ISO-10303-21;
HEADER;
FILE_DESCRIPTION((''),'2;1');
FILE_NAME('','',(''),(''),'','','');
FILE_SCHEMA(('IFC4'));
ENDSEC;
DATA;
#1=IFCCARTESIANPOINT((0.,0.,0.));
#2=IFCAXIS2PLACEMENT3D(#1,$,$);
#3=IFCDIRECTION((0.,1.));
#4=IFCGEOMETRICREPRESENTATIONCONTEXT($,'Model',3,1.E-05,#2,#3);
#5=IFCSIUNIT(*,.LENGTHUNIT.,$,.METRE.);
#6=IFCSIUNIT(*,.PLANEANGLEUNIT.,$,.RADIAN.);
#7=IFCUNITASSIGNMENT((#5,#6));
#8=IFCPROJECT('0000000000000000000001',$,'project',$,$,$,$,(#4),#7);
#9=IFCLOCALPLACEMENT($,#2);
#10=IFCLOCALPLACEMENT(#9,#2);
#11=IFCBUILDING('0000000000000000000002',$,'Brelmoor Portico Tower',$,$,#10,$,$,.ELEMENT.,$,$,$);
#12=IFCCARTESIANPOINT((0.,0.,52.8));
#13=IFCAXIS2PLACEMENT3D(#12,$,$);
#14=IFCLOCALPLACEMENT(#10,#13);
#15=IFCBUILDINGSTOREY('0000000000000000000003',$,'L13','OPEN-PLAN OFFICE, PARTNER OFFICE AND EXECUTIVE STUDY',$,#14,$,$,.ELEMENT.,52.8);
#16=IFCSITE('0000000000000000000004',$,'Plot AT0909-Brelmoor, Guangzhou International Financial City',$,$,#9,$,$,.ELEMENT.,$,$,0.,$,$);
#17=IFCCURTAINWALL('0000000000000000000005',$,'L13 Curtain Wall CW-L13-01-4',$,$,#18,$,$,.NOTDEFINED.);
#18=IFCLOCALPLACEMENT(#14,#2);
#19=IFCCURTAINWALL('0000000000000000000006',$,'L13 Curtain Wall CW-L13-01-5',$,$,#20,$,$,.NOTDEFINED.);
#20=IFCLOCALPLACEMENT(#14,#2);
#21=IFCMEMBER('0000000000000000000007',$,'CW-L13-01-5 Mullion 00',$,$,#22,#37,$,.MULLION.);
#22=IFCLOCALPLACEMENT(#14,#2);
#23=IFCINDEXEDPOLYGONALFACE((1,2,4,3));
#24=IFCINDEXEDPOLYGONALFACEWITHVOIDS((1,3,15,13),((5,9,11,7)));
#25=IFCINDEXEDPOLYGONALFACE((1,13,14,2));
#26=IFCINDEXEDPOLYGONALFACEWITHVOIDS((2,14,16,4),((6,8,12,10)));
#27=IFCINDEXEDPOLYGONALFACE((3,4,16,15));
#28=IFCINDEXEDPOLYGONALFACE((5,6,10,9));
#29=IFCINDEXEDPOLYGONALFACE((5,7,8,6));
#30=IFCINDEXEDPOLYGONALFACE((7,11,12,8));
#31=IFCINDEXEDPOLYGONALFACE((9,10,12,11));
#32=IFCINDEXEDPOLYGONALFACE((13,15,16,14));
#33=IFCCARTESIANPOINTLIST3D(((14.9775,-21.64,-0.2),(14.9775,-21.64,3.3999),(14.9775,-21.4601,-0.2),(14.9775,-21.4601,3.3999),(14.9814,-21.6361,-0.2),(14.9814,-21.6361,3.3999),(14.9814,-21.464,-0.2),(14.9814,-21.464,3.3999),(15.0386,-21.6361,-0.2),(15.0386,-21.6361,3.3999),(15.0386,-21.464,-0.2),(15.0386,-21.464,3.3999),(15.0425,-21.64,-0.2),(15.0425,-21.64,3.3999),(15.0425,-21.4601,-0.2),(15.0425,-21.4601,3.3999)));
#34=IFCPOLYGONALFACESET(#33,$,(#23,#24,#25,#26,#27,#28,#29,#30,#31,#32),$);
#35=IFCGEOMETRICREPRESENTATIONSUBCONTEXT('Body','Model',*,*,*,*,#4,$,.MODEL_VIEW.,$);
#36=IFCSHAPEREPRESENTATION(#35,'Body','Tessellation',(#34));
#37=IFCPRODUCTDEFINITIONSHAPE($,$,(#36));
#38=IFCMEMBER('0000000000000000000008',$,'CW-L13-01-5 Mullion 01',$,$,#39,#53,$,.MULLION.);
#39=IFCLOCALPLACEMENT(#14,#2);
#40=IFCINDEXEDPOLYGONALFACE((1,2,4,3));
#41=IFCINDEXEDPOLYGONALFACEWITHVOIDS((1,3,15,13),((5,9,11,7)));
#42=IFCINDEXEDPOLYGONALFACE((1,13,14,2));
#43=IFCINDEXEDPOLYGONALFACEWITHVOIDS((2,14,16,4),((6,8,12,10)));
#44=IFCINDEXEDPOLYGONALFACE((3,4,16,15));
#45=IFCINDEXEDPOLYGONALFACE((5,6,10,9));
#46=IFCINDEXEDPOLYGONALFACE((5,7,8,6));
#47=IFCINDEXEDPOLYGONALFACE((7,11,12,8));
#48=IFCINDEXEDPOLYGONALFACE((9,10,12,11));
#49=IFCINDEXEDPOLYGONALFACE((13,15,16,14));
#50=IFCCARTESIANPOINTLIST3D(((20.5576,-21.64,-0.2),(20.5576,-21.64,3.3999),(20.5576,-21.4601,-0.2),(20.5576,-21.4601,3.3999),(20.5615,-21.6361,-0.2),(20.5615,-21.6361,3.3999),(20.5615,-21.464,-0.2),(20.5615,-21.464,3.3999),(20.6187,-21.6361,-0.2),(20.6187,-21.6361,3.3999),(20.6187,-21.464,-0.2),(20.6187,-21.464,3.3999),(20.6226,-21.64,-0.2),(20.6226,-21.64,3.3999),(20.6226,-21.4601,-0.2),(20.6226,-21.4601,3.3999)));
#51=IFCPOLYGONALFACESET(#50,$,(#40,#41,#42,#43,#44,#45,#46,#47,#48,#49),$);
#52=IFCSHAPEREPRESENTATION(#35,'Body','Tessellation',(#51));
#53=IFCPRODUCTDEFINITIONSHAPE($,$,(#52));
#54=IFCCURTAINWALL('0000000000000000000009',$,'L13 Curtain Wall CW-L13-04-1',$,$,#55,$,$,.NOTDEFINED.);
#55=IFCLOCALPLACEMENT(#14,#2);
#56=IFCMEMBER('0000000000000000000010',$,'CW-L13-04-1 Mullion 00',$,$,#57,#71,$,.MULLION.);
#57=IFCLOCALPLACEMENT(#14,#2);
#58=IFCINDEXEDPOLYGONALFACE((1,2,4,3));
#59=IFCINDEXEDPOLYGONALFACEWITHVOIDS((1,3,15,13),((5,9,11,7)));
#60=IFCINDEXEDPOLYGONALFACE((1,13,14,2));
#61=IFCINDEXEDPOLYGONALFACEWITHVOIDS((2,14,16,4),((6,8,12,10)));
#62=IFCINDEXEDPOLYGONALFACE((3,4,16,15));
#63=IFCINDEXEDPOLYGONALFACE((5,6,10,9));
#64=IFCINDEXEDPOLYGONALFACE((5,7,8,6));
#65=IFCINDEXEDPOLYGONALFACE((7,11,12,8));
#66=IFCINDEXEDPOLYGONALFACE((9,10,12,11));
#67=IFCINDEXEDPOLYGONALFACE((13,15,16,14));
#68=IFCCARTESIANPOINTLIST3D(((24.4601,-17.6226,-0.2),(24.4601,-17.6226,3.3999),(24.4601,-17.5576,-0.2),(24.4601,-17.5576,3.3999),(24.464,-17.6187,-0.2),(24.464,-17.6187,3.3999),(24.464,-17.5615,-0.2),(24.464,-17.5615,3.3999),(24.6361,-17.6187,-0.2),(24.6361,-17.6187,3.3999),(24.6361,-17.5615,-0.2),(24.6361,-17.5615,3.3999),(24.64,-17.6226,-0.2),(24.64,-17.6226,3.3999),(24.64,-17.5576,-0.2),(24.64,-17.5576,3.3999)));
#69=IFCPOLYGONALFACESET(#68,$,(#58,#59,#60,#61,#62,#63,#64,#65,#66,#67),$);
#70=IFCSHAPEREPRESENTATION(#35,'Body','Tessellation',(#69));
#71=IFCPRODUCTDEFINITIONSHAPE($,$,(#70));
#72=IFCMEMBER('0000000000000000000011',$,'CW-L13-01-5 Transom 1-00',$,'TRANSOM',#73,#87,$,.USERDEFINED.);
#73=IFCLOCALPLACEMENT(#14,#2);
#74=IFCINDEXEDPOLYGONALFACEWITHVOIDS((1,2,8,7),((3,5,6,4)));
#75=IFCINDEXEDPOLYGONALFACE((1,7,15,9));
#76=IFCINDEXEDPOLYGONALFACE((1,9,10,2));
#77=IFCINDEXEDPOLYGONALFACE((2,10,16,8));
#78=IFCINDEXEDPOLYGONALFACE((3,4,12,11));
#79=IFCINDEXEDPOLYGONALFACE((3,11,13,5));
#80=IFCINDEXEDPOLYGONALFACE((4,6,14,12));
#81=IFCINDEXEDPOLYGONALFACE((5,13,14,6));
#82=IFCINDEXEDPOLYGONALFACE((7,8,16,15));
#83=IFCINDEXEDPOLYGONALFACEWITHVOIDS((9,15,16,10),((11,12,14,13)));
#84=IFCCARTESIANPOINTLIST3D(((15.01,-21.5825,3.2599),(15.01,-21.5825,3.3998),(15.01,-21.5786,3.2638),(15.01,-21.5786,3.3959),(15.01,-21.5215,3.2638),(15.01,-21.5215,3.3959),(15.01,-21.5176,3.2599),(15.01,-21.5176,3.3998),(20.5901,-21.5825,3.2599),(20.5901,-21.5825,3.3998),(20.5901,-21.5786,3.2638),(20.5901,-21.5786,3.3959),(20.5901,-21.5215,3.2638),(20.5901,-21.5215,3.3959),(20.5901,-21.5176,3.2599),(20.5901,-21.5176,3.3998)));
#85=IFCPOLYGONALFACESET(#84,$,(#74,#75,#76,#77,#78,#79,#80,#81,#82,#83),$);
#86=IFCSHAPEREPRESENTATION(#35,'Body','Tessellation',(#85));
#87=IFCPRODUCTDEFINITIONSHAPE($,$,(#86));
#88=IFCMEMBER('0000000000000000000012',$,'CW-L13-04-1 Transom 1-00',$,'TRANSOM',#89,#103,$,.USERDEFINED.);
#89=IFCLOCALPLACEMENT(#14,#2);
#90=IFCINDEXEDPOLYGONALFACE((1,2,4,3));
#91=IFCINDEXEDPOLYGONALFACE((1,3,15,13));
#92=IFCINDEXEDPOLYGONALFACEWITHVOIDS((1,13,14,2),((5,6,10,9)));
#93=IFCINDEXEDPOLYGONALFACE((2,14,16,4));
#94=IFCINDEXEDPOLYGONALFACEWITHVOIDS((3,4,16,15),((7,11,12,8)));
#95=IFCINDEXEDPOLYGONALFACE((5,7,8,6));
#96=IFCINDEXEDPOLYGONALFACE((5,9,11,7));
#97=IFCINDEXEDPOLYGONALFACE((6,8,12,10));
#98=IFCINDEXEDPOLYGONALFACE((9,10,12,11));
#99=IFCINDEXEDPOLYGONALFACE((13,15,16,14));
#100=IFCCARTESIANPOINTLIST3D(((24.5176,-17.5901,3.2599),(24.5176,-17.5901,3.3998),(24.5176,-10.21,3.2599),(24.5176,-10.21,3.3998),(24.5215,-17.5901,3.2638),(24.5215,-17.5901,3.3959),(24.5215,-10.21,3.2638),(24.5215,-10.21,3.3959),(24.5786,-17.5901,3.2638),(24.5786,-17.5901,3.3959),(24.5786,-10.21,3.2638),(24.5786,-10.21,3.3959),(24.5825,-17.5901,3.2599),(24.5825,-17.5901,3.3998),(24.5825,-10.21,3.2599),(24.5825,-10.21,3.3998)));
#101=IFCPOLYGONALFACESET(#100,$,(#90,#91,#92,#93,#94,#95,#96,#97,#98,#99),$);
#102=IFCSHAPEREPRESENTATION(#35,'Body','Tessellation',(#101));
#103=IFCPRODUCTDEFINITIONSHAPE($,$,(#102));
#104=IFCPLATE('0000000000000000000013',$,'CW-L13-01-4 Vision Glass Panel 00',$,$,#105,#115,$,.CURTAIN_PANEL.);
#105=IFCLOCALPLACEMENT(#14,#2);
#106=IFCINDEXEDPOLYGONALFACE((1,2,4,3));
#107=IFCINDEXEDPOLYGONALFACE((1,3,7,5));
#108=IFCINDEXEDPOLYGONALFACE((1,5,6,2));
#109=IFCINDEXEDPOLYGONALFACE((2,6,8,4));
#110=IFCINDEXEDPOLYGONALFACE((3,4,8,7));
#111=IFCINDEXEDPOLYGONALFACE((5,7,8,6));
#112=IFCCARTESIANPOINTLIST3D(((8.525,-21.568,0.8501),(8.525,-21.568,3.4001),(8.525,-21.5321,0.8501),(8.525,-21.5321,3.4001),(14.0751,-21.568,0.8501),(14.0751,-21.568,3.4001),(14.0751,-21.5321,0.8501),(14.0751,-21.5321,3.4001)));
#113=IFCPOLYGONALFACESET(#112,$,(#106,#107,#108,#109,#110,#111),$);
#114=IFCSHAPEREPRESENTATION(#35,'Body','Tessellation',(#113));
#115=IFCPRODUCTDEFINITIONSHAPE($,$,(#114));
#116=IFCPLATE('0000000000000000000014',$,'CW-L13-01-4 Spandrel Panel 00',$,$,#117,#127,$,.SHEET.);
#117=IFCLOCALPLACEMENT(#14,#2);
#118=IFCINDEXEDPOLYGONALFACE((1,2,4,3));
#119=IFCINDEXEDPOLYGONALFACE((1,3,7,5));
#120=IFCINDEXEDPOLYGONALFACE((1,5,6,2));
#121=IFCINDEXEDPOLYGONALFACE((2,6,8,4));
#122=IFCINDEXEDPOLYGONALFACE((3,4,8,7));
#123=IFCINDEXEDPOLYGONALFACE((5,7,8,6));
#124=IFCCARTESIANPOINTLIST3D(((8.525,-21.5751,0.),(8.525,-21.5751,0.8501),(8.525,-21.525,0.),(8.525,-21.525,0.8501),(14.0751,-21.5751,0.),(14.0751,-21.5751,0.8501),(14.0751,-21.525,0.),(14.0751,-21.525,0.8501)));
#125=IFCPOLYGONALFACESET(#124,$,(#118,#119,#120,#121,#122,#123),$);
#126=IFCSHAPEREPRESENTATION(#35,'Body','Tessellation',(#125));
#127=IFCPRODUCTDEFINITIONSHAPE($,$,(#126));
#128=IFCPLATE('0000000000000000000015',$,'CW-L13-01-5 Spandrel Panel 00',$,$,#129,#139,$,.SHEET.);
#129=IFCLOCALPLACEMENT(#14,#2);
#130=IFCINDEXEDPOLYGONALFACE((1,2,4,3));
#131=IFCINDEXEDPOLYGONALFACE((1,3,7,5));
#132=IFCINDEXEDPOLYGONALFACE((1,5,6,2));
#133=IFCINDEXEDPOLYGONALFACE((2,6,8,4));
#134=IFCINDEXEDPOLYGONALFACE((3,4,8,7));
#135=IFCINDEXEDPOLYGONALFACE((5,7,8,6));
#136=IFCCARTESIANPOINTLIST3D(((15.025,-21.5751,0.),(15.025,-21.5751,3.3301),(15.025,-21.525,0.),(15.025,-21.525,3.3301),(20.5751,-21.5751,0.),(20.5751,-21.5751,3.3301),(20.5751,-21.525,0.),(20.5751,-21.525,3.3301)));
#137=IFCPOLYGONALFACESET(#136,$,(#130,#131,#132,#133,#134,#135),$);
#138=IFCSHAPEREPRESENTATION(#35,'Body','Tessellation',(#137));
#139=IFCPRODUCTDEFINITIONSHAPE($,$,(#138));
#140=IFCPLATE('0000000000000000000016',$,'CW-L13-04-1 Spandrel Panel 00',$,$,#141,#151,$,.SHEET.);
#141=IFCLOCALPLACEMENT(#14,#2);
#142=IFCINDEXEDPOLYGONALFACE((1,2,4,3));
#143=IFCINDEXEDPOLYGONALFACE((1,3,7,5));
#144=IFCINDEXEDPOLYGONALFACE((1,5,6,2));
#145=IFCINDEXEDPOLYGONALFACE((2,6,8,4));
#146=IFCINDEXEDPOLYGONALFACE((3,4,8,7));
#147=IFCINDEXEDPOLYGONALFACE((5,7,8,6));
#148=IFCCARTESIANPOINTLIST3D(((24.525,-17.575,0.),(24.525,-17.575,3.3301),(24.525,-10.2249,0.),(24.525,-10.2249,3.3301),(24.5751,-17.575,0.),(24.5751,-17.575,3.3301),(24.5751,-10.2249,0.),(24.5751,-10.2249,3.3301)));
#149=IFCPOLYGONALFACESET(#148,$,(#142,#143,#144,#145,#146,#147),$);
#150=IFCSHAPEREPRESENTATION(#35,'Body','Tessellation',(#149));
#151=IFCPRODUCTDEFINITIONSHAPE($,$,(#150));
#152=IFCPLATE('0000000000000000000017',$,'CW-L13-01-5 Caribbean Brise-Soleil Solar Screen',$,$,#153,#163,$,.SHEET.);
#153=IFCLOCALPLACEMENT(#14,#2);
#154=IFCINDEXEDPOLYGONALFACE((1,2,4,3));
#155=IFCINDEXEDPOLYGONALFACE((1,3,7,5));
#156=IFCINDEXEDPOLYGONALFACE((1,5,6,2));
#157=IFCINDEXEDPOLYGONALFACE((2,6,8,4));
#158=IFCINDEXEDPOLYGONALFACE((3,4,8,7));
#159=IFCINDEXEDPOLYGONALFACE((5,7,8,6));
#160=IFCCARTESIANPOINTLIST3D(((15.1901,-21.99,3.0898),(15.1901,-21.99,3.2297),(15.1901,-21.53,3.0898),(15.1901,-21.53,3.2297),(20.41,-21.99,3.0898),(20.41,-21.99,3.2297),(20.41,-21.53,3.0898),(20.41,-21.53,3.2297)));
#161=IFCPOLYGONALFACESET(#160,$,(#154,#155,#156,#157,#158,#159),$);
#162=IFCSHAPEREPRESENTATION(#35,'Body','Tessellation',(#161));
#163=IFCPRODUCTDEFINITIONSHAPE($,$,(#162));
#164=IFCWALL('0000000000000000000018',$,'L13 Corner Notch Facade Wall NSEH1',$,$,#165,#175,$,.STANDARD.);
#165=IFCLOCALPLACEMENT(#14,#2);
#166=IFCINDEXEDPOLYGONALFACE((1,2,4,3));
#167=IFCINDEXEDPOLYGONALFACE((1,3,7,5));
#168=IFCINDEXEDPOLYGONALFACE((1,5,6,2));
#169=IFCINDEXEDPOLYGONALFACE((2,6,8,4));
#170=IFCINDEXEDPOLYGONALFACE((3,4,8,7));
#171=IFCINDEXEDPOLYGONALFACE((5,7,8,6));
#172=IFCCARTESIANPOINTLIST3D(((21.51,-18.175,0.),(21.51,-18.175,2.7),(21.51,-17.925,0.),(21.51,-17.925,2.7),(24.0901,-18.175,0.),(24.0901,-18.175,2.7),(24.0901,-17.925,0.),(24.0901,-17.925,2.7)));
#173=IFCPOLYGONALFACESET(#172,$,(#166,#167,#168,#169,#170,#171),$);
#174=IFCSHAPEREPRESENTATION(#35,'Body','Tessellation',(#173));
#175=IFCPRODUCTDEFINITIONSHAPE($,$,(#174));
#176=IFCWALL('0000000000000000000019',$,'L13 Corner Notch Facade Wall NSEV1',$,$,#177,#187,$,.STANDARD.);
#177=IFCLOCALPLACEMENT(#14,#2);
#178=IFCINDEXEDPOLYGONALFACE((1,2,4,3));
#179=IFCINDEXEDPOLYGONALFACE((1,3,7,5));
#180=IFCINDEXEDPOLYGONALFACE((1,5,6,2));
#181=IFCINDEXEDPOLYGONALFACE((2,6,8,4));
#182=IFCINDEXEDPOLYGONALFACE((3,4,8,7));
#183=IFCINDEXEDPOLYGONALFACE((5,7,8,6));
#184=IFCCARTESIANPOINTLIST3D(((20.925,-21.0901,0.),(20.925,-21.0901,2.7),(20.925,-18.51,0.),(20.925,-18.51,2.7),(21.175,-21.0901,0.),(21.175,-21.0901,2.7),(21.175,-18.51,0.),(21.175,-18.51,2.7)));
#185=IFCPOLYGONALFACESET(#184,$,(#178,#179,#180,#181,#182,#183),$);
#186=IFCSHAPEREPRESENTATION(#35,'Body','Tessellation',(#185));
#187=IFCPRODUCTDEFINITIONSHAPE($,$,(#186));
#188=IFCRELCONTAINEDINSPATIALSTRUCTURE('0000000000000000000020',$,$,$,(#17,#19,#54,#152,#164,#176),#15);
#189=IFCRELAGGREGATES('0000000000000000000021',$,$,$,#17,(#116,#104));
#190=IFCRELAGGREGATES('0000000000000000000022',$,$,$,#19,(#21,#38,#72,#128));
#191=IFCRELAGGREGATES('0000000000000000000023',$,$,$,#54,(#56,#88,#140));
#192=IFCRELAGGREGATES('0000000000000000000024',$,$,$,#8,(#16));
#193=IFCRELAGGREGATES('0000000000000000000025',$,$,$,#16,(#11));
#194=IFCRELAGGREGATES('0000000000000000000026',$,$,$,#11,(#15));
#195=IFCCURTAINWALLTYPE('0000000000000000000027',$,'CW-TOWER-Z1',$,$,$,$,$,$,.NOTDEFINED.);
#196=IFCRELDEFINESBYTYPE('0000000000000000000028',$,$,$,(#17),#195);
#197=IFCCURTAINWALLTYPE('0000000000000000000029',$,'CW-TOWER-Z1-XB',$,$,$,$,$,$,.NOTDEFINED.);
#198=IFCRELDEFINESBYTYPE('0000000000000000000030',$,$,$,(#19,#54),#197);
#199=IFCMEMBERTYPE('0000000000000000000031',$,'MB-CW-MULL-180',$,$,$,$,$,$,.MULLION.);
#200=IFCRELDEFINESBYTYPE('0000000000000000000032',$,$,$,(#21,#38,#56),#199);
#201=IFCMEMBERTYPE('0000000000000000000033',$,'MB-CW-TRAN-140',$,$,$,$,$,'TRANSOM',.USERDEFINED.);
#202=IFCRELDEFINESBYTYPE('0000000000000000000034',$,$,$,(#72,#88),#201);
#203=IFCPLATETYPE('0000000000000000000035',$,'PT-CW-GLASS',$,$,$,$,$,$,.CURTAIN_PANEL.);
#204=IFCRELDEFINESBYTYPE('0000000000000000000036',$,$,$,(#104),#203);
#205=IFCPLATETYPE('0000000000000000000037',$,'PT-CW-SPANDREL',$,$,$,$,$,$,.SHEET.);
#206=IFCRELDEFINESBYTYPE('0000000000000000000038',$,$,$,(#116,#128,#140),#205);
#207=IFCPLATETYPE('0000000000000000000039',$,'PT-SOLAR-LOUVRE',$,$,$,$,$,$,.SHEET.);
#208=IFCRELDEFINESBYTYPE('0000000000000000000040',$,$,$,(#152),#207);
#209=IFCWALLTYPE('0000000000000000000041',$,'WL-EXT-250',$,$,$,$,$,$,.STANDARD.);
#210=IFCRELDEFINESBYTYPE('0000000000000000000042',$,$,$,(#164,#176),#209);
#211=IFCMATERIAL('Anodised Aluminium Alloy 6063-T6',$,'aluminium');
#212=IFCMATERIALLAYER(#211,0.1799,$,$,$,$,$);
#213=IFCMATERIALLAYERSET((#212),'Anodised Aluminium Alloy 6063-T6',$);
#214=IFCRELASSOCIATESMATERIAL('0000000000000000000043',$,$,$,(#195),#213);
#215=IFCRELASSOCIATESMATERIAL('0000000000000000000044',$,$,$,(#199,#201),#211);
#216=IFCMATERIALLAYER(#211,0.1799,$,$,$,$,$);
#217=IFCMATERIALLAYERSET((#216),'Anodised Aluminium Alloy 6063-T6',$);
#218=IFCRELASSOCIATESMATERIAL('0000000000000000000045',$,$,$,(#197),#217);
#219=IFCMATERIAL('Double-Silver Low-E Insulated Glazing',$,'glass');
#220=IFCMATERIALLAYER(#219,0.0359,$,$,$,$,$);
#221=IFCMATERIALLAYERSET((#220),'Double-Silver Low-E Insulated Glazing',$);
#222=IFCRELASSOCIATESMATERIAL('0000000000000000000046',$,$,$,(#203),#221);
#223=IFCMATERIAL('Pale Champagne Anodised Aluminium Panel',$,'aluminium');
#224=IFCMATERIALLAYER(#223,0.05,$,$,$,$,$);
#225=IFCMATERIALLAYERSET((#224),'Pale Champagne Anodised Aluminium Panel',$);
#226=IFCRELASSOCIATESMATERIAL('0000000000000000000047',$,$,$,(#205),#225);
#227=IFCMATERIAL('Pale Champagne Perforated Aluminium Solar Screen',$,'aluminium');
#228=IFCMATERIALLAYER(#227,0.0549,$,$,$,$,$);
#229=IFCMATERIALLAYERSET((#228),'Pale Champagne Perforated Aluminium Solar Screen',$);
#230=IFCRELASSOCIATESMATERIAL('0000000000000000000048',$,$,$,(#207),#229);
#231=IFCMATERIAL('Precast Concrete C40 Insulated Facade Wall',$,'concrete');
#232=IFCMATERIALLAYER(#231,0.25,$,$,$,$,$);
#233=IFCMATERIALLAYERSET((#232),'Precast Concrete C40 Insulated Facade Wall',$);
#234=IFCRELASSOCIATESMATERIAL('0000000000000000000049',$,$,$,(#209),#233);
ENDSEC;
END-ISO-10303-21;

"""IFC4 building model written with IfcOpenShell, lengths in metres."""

from ifc_helpers import new_model, si_unit, direction, frame, frame_2d, origin, origin_2d, place, context, subcontext, project, spatial, rectangle, hollow_rectangle, extrude, material, layer, layer_set, material_profile, profile_set, type_object, element, aggregate, save


model = new_model("IFC4")

# Units and contexts
model_context = context("Model", 3, precision=1e-05, world=origin(), true_north=direction((0.0, 1.0)))
body_context = subcontext(model_context, "Body", "Model", "MODEL_VIEW")
ifc_project = project(units=[si_unit("LENGTHUNIT", "METRE"), si_unit("PLANEANGLEUNIT", "RADIAN")], contexts=[model_context])

# Site, building, storey
site_placement = place(None, origin())
site = spatial("IfcSite", under=ifc_project, at=site_placement, Name="Plot AT0909-Brelmoor, Guangzhou International Financial City", CompositionType="ELEMENT", RefElevation=0.0)
building_placement = place(site_placement, origin())
building = spatial("IfcBuilding", under=site, at=building_placement, Name="Brelmoor Portico Tower", CompositionType="ELEMENT")
storey_placement = place(building_placement, frame((0.0, 0.0, 52.8)))
storey = spatial("IfcBuildingStorey", under=building, at=storey_placement, Name="L13", Description="OPEN-PLAN OFFICE, PARTNER OFFICE AND EXECUTIVE STUDY", CompositionType="ELEMENT", Elevation=52.8)

# Curtain wall
ifc_material_1 = material(Name="Anodised Aluminium Alloy 6063-T6", Category="aluminium")
ifc_layer_1 = layer(ifc_material_1, 0.1799)
ifc_layer_set_1 = layer_set([ifc_layer_1], Name="Anodised Aluminium Alloy 6063-T6")
curtain_wall_type_1 = type_object("IfcCurtainWallType", Name="CW-TOWER-Z1", PredefinedType="NOTDEFINED", material=ifc_layer_set_1)
curtain_wall_1_placement = place(storey_placement, origin())
curtain_wall_1 = element("IfcCurtainWall", 1, at=curtain_wall_1_placement, inside=storey, type_object=curtain_wall_type_1, Name="L13 Curtain Wall CW-L13-01-4", PredefinedType="NOTDEFINED")
ifc_material_profile_1 = material_profile(ifc_material_1, hollow_rectangle(XDim=0.0649, YDim=0.1799, WallThickness=0.0039, at=origin_2d()), Name="ALU MULLION 65x180")
ifc_profile_set_1 = profile_set([ifc_material_profile_1], Name="Anodised Aluminium Alloy 6063-T6")
member_type_1 = type_object("IfcMemberType", Name="MB-CW-MULL-180", PredefinedType="MULLION", material=ifc_profile_set_1)

# Curtain wall, members
ifc_layer_2 = layer(ifc_material_1, 0.1799)
ifc_layer_set_2 = layer_set([ifc_layer_2], Name="Anodised Aluminium Alloy 6063-T6")
curtain_wall_type_2 = type_object("IfcCurtainWallType", Name="CW-TOWER-Z1-XB", PredefinedType="NOTDEFINED", material=ifc_layer_set_2)
curtain_wall_2_placement = place(storey_placement, origin())
curtain_wall_2 = element("IfcCurtainWall", 2, at=curtain_wall_2_placement, inside=storey, type_object=curtain_wall_type_2, Name="L13 Curtain Wall CW-L13-01-5", PredefinedType="NOTDEFINED")
member_1_placement = place(storey_placement, frame((15.01, -21.55, -0.2), z_axis=(0.0, 0.0, 1.0), x_axis=(1.0, 0.0, 0.0)))
member_1 = element("IfcMember", 3, at=member_1_placement, type_object=member_type_1, Name="CW-L13-01-5 Mullion 00", PredefinedType="MULLION", context=body_context, shape_type="SweptSolid", body=[
    extrude(hollow_rectangle(XDim=0.0649, YDim=0.1799, WallThickness=0.0039, at=origin_2d()), origin(), (0.0, 0.0, 1.0), 3.5999),
])
member_2_placement = place(storey_placement, frame((20.5901, -21.55, -0.2), z_axis=(0.0, 0.0, 1.0), x_axis=(1.0, 0.0, 0.0)))
member_2 = element("IfcMember", 4, at=member_2_placement, type_object=member_type_1, Name="CW-L13-01-5 Mullion 01", PredefinedType="MULLION", context=body_context, shape_type="SweptSolid", body=[
    extrude(hollow_rectangle(XDim=0.0649, YDim=0.1799, WallThickness=0.0039, at=origin_2d()), origin(), (0.0, 0.0, 1.0), 3.5999),
])

# Curtain wall, member
curtain_wall_3_placement = place(storey_placement, origin())
curtain_wall_3 = element("IfcCurtainWall", 5, at=curtain_wall_3_placement, inside=storey, type_object=curtain_wall_type_2, Name="L13 Curtain Wall CW-L13-04-1", PredefinedType="NOTDEFINED")
member_3_placement = place(storey_placement, frame((24.55, -17.5901, -0.2), z_axis=(0.0, 0.0, 1.0), x_axis=(0.0, 1.0, 0.0)))
member_3 = element("IfcMember", 6, at=member_3_placement, type_object=member_type_1, Name="CW-L13-04-1 Mullion 00", PredefinedType="MULLION", context=body_context, shape_type="SweptSolid", body=[
    extrude(hollow_rectangle(XDim=0.0649, YDim=0.1799, WallThickness=0.0039, at=origin_2d()), origin(), (0.0, 0.0, 1.0), 3.5999),
])

# Members
ifc_material_profile_2 = material_profile(ifc_material_1, hollow_rectangle(XDim=0.0649, YDim=0.1399, WallThickness=0.0039, at=origin_2d()), Name="ALU TRANSOM 65x140")
ifc_profile_set_2 = profile_set([ifc_material_profile_2], Name="Anodised Aluminium Alloy 6063-T6")
member_type_2 = type_object("IfcMemberType", Name="MB-CW-TRAN-140", ElementType="TRANSOM", PredefinedType="USERDEFINED", material=ifc_profile_set_2)
member_4_placement = place(storey_placement, frame((15.01, -21.55, 3.3298), z_axis=(1.0, 0.0, 0.0), x_axis=(0.0, 1.0, 0.0)))
member_4 = element("IfcMember", 7, at=member_4_placement, type_object=member_type_2, Name="CW-L13-01-5 Transom 1-00", ObjectType="TRANSOM", PredefinedType="USERDEFINED", context=body_context, shape_type="SweptSolid", body=[
    extrude(hollow_rectangle(XDim=0.0649, YDim=0.1399, WallThickness=0.0039, at=origin_2d()), origin(), (0.0, 0.0, 1.0), 5.5801),
])
member_5_placement = place(storey_placement, frame((24.55, -17.5901, 3.3298), z_axis=(0.0, 1.0, 0.0), x_axis=(-1.0, 0.0, 0.0)))
member_5 = element("IfcMember", 8, at=member_5_placement, type_object=member_type_2, Name="CW-L13-04-1 Transom 1-00", ObjectType="TRANSOM", PredefinedType="USERDEFINED", context=body_context, shape_type="SweptSolid", body=[
    extrude(hollow_rectangle(XDim=0.0649, YDim=0.1399, WallThickness=0.0039, at=origin_2d()), origin(), (0.0, 0.0, 1.0), 7.3801),
])

# Plates
ifc_material_2 = material(Name="Double-Silver Low-E Insulated Glazing", Category="glass")
ifc_layer_3 = layer(ifc_material_2, 0.0359)
ifc_layer_set_3 = layer_set([ifc_layer_3], Name="Double-Silver Low-E Insulated Glazing")
plate_type_1 = type_object("IfcPlateType", Name="PT-CW-GLASS", PredefinedType="CURTAIN_PANEL", material=ifc_layer_set_3)
plate_1_placement = place(storey_placement, frame((11.3, -21.55, 0.8501), z_axis=(0.0, 0.0, 1.0), x_axis=(1.0, 0.0, 0.0)))
plate_1 = element("IfcPlate", 9, at=plate_1_placement, type_object=plate_type_1, Name="CW-L13-01-4 Vision Glass Panel 00", PredefinedType="CURTAIN_PANEL", context=body_context, shape_type="SweptSolid", body=[
    extrude(rectangle(XDim=5.55, YDim=0.0359, at=origin_2d()), origin(), (0.0, 0.0, 1.0), 2.55),
])
ifc_material_3 = material(Name="Pale Champagne Anodised Aluminium Panel", Category="aluminium")
ifc_layer_4 = layer(ifc_material_3, 0.05)
ifc_layer_set_4 = layer_set([ifc_layer_4], Name="Pale Champagne Anodised Aluminium Panel")
plate_type_2 = type_object("IfcPlateType", Name="PT-CW-SPANDREL", PredefinedType="SHEET", material=ifc_layer_set_4)
plate_2_placement = place(storey_placement, frame((11.3, -21.55, 0.0), z_axis=(0.0, 0.0, 1.0), x_axis=(1.0, 0.0, 0.0)))
plate_2 = element("IfcPlate", 10, at=plate_2_placement, type_object=plate_type_2, Name="CW-L13-01-4 Spandrel Panel 00", PredefinedType="SHEET", context=body_context, shape_type="SweptSolid", body=[
    extrude(rectangle(XDim=5.55, YDim=0.05, at=origin_2d()), origin(), (0.0, 0.0, 1.0), 0.8501),
])
aggregate(curtain_wall_1, [plate_2, plate_1])
plate_3_placement = place(storey_placement, frame((17.8, -21.55, 0.0), z_axis=(0.0, 0.0, 1.0), x_axis=(1.0, 0.0, 0.0)))
plate_3 = element("IfcPlate", 11, at=plate_3_placement, type_object=plate_type_2, Name="CW-L13-01-5 Spandrel Panel 00", PredefinedType="SHEET", context=body_context, shape_type="SweptSolid", body=[
    extrude(rectangle(XDim=5.55, YDim=0.05, at=origin_2d()), origin(), (0.0, 0.0, 1.0), 3.3301),
])
aggregate(curtain_wall_2, [member_1, member_2, member_4, plate_3])
plate_4_placement = place(storey_placement, frame((24.55, -13.8999, 0.0), z_axis=(0.0, 0.0, 1.0), x_axis=(0.0, 1.0, 0.0)))
plate_4 = element("IfcPlate", 12, at=plate_4_placement, type_object=plate_type_2, Name="CW-L13-04-1 Spandrel Panel 00", PredefinedType="SHEET", context=body_context, shape_type="SweptSolid", body=[
    extrude(rectangle(XDim=7.3501, YDim=0.05, at=origin_2d()), origin(), (0.0, 0.0, 1.0), 3.3301),
])
aggregate(curtain_wall_3, [member_3, member_5, plate_4])
ifc_material_4 = material(Name="Pale Champagne Perforated Aluminium Solar Screen", Category="aluminium")
ifc_layer_5 = layer(ifc_material_4, 0.0549)
ifc_layer_set_5 = layer_set([ifc_layer_5], Name="Pale Champagne Perforated Aluminium Solar Screen")
plate_type_3 = type_object("IfcPlateType", Name="PT-SOLAR-LOUVRE", PredefinedType="SHEET", material=ifc_layer_set_5)
plate_5_placement = place(storey_placement, frame((17.8, -21.76, 3.0898), z_axis=(0.0, 0.0, 1.0), x_axis=(1.0, 0.0, 0.0)))
element("IfcPlate", 13, at=plate_5_placement, inside=storey, type_object=plate_type_3, Name="CW-L13-01-5 Caribbean Brise-Soleil Solar Screen", PredefinedType="SHEET", context=body_context, shape_type="SweptSolid", body=[
    extrude(rectangle(XDim=5.22, YDim=0.46, at=origin_2d()), origin(), (0.0, 0.0, 1.0), 0.1399),
])

# Walls
ifc_material_5 = material(Name="Precast Concrete C40 Insulated Facade Wall", Category="concrete")
ifc_layer_6 = layer(ifc_material_5, 0.25)
ifc_layer_set_6 = layer_set([ifc_layer_6], Name="Precast Concrete C40 Insulated Facade Wall")
wall_type = type_object("IfcWallType", Name="WL-EXT-250", PredefinedType="STANDARD", material=ifc_layer_set_6)
for number, where, z_axis, x_axis, name in (
    (14, (21.51, -18.05, 0.0), (0.0, 0.0, 1.0), (1.0, 0.0, 0.0), "L13 Corner Notch Facade Wall NSEH1"),
    (15, (21.05, -21.0901, 0.0), (0.0, 0.0, 1.0), (0.0, 1.0, 0.0), "L13 Corner Notch Facade Wall NSEV1"),
):
    element("IfcWall", number, at=place(storey_placement, frame(where, z_axis=z_axis, x_axis=x_axis)), inside=storey, type_object=wall_type, Name=name, PredefinedType="STANDARD", context=body_context, shape_type="SweptSolid", body=[
        extrude(rectangle(XDim=2.5801, YDim=0.25, at=frame_2d((1.29, 0.0))), origin(), (0.0, 0.0, 1.0), 2.7),
    ])

save(model, "model.ifc")
